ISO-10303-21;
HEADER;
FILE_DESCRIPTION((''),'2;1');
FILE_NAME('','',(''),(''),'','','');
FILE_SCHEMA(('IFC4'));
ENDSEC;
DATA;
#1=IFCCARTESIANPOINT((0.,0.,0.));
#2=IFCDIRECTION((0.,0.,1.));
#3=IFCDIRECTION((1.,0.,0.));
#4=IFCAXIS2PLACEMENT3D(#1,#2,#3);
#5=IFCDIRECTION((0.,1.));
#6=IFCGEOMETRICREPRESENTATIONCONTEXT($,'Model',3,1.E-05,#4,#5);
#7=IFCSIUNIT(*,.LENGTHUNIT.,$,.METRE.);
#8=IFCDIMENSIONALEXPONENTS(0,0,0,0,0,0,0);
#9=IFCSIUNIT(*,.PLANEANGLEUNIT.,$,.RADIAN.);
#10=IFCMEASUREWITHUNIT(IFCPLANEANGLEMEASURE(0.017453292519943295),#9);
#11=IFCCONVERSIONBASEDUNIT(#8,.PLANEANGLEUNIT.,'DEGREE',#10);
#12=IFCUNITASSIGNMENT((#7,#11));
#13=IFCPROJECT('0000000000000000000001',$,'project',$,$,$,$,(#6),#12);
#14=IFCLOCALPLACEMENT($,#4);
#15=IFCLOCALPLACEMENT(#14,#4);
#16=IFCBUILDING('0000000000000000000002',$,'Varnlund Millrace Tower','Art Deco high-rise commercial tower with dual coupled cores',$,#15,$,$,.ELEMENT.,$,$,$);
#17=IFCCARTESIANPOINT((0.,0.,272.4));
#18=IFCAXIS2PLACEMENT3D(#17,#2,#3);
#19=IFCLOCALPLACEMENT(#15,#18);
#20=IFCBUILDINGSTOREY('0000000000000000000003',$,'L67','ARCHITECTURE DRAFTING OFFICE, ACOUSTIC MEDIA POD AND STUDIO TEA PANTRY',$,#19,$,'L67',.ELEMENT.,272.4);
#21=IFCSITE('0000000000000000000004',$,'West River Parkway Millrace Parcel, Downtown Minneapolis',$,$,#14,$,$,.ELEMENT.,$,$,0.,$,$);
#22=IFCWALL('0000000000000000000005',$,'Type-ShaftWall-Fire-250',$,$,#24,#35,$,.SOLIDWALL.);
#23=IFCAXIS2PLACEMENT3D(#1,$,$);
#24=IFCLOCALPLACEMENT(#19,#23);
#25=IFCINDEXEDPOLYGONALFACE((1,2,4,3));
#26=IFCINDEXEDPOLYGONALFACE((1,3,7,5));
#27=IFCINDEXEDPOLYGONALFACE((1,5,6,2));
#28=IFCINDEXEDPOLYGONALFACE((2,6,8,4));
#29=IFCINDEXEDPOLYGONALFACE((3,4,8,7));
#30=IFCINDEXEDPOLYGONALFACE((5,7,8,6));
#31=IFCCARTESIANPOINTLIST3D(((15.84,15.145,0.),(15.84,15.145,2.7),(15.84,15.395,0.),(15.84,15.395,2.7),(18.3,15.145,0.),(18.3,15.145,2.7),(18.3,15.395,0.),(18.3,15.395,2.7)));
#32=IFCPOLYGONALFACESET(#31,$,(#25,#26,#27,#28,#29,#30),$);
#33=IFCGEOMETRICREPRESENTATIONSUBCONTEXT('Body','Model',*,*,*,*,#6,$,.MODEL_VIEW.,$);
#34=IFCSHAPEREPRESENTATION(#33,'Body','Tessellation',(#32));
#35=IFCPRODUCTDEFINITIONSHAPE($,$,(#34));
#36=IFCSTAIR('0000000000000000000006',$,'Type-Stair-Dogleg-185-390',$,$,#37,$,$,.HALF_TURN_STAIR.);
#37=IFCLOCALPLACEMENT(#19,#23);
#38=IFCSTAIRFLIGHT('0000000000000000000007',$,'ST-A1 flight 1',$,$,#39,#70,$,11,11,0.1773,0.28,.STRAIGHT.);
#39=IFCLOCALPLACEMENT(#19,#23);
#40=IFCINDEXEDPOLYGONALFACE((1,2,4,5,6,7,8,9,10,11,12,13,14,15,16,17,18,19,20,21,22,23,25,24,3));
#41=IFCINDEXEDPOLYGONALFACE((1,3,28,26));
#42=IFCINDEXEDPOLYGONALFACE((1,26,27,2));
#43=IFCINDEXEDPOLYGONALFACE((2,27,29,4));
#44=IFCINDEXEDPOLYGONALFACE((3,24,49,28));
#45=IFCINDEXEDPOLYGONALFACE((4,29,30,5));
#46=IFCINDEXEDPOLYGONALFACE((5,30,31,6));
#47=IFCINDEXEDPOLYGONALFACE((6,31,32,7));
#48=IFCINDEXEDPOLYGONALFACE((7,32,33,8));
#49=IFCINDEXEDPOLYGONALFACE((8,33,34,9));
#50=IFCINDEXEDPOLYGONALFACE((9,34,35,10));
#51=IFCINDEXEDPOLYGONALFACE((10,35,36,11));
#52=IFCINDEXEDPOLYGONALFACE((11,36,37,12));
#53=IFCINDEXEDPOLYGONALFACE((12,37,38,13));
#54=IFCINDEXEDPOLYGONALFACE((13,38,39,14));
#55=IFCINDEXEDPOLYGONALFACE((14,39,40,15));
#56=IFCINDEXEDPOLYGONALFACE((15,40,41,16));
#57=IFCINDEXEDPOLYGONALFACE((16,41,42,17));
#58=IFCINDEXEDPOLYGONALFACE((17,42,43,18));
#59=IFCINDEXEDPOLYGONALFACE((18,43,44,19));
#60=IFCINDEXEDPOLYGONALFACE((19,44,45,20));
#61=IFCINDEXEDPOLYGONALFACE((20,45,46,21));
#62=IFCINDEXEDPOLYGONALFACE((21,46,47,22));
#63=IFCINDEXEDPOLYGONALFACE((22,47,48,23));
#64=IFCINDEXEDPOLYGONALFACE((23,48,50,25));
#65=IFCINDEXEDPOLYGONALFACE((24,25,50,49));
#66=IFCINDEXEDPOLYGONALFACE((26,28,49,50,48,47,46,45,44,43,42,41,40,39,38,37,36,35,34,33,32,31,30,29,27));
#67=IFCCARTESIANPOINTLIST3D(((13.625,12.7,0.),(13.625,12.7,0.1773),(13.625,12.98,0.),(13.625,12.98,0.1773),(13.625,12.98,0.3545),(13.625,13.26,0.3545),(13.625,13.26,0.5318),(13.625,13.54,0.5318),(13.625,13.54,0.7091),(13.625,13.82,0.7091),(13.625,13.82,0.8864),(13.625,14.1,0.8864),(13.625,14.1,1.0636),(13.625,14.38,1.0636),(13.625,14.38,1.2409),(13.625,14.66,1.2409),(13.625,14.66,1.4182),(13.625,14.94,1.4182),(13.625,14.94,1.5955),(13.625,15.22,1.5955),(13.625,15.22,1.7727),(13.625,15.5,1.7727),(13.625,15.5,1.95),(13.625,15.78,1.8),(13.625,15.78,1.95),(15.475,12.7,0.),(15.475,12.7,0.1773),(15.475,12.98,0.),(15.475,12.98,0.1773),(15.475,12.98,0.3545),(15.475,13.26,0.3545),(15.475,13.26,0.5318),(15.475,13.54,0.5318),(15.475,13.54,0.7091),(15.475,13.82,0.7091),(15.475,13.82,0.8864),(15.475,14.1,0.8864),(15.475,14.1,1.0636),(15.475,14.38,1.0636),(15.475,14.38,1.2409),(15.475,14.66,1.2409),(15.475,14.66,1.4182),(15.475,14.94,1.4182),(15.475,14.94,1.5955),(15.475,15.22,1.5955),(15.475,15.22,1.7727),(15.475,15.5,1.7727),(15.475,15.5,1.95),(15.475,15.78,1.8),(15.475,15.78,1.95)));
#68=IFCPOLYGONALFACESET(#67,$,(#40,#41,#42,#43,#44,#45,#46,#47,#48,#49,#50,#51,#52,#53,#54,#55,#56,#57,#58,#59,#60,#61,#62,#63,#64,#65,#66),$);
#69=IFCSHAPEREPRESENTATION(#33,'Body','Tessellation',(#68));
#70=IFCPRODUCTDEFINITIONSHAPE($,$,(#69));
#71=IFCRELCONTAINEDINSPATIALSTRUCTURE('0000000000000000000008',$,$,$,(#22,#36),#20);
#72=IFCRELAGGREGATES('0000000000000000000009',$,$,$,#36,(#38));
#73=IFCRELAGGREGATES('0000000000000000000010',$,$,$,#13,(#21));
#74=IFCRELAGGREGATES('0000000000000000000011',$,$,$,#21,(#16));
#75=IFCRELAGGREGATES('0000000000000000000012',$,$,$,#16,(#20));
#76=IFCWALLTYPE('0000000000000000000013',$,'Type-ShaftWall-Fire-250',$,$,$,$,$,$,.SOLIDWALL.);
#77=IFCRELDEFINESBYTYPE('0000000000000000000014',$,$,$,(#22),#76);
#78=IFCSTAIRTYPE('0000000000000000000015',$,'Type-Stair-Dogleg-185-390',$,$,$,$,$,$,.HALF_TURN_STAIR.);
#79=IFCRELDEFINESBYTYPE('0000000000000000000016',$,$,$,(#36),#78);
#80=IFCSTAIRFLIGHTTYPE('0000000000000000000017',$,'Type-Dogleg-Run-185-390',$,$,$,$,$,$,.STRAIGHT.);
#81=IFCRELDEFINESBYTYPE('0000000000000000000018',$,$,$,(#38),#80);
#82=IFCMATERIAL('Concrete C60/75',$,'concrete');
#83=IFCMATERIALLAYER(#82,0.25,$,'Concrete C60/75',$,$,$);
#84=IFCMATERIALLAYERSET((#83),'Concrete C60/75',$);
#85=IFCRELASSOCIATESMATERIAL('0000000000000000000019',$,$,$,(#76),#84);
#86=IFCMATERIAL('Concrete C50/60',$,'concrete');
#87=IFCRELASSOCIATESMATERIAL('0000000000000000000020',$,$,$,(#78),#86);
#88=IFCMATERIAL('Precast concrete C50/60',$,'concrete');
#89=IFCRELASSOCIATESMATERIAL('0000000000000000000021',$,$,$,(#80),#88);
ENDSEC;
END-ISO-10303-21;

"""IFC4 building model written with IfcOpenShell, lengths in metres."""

from ifc_helpers import new_model, entity, si_unit, converted_unit, direction, frame, origin_with_axes, place, context, subcontext, project, spatial, polyline, outline, extrude, material, layer, layer_set, type_object, element, aggregate, save


model = new_model("IFC4")

# Units and contexts
model_context = context("Model", 3, precision=1e-05, world=origin_with_axes(), true_north=direction((0.0, 1.0)))
body_context = subcontext(model_context, "Body", "Model", "MODEL_VIEW")
ifc_project = project(units=[si_unit("LENGTHUNIT", "METRE"), converted_unit("PLANEANGLEUNIT", "DEGREE", entity("IfcPlaneAngleMeasure", 0.017453292519943295), si_unit("PLANEANGLEUNIT", "RADIAN"), dimensions=[0, 0, 0, 0, 0, 0, 0])], contexts=[model_context])

# Site, building, storey
site_placement = place(None, origin_with_axes())
site = spatial("IfcSite", under=ifc_project, at=site_placement, Name="West River Parkway Millrace Parcel, Downtown Minneapolis", CompositionType="ELEMENT", RefElevation=0.0)
building_placement = place(site_placement, origin_with_axes())
building = spatial("IfcBuilding", under=site, at=building_placement, Name="Varnlund Millrace Tower", Description="Art Deco high-rise commercial tower with dual coupled cores", CompositionType="ELEMENT")
storey_placement = place(building_placement, frame((0.0, 0.0, 272.4), z_axis=(0.0, 0.0, 1.0), x_axis=(1.0, 0.0, 0.0)))
storey = spatial("IfcBuildingStorey", under=building, at=storey_placement, Name="L67", Description="ARCHITECTURE DRAFTING OFFICE, ACOUSTIC MEDIA POD AND STUDIO TEA PANTRY", LongName="L67", CompositionType="ELEMENT", Elevation=272.4)

# Shared definitions
ifc_material_1 = material(Name="Concrete C60/75", Category="concrete")

# Wall
ifc_layer_1 = layer(ifc_material_1, 0.25, Name="Concrete C60/75")
ifc_layer_set_1 = layer_set([ifc_layer_1], Name="Concrete C60/75")
wall_type_1 = type_object("IfcWallType", Name="Type-ShaftWall-Fire-250", PredefinedType="SOLIDWALL", material=ifc_layer_set_1)
for number, where, z_axis, x_axis, name in (
    (1, (15.84, 15.27, 0.0), (0.0, 0.0, 1.0), (1.0, 0.0, 0.0), "Type-ShaftWall-Fire-250"),
):
    element("IfcWall", number, at=place(storey_placement, frame(where, z_axis=z_axis, x_axis=x_axis)), inside=storey, type_object=wall_type_1, Name=name, PredefinedType="SOLIDWALL", context=body_context, shape_type="SweptSolid", body=[
        extrude(outline(polyline([(0.0, -0.125), (2.46, -0.125), (2.46, 0.125), (0.0, 0.125), (0.0, -0.125)])), origin_with_axes(), (0.0, 0.0, 1.0), 2.7),
    ])

# Stair, stair flight
ifc_material_2 = material(Name="Concrete C50/60", Category="concrete")
stair_type = type_object("IfcStairType", Name="Type-Stair-Dogleg-185-390", PredefinedType="HALF_TURN_STAIR", material=ifc_material_2)
stair_placement = place(storey_placement, origin_with_axes())
stair = element("IfcStair", 2, at=stair_placement, inside=storey, type_object=stair_type, Name="Type-Stair-Dogleg-185-390", PredefinedType="HALF_TURN_STAIR")
ifc_material_3 = material(Name="Precast concrete C50/60", Category="concrete")
stair_flight_type = type_object("IfcStairFlightType", Name="Type-Dogleg-Run-185-390", PredefinedType="STRAIGHT", material=ifc_material_3)
stair_flight_placement = place(storey_placement, frame((13.625, 12.7, 0.0), z_axis=(1.0, 0.0, 0.0), x_axis=(0.0, 1.0, 0.0)))
stair_flight = element("IfcStairFlight", 3, at=stair_flight_placement, type_object=stair_flight_type, Name="ST-A1 flight 1", NumberOfRisers=11, NumberOfTreads=11, PredefinedType="STRAIGHT", RiserHeight=0.1773, TreadLength=0.28, context=body_context, shape_type="SweptSolid", body=[
    extrude(outline(polyline([(0.0, 0.0), (0.0, 0.1773), (0.28, 0.1773), (0.28, 0.3545), (0.56, 0.3545), (0.56, 0.5318), (0.84, 0.5318), (0.84, 0.7091), (1.12, 0.7091), (1.12, 0.8864), (1.4, 0.8864), (1.4, 1.0636), (1.68, 1.0636), (1.68, 1.2409), (1.96, 1.2409), (1.96, 1.4182), (2.24, 1.4182), (2.24, 1.5955), (2.52, 1.5955), (2.52, 1.7727), (2.8, 1.7727), (2.8, 1.95), (3.08, 1.95), (3.08, 1.8), (0.28, 0.0), (0.0, 0.0)])), origin_with_axes(), (0.0, 0.0, 1.0), 1.85),
])
aggregate(stair, [stair_flight])

save(model, "model.ifc")
